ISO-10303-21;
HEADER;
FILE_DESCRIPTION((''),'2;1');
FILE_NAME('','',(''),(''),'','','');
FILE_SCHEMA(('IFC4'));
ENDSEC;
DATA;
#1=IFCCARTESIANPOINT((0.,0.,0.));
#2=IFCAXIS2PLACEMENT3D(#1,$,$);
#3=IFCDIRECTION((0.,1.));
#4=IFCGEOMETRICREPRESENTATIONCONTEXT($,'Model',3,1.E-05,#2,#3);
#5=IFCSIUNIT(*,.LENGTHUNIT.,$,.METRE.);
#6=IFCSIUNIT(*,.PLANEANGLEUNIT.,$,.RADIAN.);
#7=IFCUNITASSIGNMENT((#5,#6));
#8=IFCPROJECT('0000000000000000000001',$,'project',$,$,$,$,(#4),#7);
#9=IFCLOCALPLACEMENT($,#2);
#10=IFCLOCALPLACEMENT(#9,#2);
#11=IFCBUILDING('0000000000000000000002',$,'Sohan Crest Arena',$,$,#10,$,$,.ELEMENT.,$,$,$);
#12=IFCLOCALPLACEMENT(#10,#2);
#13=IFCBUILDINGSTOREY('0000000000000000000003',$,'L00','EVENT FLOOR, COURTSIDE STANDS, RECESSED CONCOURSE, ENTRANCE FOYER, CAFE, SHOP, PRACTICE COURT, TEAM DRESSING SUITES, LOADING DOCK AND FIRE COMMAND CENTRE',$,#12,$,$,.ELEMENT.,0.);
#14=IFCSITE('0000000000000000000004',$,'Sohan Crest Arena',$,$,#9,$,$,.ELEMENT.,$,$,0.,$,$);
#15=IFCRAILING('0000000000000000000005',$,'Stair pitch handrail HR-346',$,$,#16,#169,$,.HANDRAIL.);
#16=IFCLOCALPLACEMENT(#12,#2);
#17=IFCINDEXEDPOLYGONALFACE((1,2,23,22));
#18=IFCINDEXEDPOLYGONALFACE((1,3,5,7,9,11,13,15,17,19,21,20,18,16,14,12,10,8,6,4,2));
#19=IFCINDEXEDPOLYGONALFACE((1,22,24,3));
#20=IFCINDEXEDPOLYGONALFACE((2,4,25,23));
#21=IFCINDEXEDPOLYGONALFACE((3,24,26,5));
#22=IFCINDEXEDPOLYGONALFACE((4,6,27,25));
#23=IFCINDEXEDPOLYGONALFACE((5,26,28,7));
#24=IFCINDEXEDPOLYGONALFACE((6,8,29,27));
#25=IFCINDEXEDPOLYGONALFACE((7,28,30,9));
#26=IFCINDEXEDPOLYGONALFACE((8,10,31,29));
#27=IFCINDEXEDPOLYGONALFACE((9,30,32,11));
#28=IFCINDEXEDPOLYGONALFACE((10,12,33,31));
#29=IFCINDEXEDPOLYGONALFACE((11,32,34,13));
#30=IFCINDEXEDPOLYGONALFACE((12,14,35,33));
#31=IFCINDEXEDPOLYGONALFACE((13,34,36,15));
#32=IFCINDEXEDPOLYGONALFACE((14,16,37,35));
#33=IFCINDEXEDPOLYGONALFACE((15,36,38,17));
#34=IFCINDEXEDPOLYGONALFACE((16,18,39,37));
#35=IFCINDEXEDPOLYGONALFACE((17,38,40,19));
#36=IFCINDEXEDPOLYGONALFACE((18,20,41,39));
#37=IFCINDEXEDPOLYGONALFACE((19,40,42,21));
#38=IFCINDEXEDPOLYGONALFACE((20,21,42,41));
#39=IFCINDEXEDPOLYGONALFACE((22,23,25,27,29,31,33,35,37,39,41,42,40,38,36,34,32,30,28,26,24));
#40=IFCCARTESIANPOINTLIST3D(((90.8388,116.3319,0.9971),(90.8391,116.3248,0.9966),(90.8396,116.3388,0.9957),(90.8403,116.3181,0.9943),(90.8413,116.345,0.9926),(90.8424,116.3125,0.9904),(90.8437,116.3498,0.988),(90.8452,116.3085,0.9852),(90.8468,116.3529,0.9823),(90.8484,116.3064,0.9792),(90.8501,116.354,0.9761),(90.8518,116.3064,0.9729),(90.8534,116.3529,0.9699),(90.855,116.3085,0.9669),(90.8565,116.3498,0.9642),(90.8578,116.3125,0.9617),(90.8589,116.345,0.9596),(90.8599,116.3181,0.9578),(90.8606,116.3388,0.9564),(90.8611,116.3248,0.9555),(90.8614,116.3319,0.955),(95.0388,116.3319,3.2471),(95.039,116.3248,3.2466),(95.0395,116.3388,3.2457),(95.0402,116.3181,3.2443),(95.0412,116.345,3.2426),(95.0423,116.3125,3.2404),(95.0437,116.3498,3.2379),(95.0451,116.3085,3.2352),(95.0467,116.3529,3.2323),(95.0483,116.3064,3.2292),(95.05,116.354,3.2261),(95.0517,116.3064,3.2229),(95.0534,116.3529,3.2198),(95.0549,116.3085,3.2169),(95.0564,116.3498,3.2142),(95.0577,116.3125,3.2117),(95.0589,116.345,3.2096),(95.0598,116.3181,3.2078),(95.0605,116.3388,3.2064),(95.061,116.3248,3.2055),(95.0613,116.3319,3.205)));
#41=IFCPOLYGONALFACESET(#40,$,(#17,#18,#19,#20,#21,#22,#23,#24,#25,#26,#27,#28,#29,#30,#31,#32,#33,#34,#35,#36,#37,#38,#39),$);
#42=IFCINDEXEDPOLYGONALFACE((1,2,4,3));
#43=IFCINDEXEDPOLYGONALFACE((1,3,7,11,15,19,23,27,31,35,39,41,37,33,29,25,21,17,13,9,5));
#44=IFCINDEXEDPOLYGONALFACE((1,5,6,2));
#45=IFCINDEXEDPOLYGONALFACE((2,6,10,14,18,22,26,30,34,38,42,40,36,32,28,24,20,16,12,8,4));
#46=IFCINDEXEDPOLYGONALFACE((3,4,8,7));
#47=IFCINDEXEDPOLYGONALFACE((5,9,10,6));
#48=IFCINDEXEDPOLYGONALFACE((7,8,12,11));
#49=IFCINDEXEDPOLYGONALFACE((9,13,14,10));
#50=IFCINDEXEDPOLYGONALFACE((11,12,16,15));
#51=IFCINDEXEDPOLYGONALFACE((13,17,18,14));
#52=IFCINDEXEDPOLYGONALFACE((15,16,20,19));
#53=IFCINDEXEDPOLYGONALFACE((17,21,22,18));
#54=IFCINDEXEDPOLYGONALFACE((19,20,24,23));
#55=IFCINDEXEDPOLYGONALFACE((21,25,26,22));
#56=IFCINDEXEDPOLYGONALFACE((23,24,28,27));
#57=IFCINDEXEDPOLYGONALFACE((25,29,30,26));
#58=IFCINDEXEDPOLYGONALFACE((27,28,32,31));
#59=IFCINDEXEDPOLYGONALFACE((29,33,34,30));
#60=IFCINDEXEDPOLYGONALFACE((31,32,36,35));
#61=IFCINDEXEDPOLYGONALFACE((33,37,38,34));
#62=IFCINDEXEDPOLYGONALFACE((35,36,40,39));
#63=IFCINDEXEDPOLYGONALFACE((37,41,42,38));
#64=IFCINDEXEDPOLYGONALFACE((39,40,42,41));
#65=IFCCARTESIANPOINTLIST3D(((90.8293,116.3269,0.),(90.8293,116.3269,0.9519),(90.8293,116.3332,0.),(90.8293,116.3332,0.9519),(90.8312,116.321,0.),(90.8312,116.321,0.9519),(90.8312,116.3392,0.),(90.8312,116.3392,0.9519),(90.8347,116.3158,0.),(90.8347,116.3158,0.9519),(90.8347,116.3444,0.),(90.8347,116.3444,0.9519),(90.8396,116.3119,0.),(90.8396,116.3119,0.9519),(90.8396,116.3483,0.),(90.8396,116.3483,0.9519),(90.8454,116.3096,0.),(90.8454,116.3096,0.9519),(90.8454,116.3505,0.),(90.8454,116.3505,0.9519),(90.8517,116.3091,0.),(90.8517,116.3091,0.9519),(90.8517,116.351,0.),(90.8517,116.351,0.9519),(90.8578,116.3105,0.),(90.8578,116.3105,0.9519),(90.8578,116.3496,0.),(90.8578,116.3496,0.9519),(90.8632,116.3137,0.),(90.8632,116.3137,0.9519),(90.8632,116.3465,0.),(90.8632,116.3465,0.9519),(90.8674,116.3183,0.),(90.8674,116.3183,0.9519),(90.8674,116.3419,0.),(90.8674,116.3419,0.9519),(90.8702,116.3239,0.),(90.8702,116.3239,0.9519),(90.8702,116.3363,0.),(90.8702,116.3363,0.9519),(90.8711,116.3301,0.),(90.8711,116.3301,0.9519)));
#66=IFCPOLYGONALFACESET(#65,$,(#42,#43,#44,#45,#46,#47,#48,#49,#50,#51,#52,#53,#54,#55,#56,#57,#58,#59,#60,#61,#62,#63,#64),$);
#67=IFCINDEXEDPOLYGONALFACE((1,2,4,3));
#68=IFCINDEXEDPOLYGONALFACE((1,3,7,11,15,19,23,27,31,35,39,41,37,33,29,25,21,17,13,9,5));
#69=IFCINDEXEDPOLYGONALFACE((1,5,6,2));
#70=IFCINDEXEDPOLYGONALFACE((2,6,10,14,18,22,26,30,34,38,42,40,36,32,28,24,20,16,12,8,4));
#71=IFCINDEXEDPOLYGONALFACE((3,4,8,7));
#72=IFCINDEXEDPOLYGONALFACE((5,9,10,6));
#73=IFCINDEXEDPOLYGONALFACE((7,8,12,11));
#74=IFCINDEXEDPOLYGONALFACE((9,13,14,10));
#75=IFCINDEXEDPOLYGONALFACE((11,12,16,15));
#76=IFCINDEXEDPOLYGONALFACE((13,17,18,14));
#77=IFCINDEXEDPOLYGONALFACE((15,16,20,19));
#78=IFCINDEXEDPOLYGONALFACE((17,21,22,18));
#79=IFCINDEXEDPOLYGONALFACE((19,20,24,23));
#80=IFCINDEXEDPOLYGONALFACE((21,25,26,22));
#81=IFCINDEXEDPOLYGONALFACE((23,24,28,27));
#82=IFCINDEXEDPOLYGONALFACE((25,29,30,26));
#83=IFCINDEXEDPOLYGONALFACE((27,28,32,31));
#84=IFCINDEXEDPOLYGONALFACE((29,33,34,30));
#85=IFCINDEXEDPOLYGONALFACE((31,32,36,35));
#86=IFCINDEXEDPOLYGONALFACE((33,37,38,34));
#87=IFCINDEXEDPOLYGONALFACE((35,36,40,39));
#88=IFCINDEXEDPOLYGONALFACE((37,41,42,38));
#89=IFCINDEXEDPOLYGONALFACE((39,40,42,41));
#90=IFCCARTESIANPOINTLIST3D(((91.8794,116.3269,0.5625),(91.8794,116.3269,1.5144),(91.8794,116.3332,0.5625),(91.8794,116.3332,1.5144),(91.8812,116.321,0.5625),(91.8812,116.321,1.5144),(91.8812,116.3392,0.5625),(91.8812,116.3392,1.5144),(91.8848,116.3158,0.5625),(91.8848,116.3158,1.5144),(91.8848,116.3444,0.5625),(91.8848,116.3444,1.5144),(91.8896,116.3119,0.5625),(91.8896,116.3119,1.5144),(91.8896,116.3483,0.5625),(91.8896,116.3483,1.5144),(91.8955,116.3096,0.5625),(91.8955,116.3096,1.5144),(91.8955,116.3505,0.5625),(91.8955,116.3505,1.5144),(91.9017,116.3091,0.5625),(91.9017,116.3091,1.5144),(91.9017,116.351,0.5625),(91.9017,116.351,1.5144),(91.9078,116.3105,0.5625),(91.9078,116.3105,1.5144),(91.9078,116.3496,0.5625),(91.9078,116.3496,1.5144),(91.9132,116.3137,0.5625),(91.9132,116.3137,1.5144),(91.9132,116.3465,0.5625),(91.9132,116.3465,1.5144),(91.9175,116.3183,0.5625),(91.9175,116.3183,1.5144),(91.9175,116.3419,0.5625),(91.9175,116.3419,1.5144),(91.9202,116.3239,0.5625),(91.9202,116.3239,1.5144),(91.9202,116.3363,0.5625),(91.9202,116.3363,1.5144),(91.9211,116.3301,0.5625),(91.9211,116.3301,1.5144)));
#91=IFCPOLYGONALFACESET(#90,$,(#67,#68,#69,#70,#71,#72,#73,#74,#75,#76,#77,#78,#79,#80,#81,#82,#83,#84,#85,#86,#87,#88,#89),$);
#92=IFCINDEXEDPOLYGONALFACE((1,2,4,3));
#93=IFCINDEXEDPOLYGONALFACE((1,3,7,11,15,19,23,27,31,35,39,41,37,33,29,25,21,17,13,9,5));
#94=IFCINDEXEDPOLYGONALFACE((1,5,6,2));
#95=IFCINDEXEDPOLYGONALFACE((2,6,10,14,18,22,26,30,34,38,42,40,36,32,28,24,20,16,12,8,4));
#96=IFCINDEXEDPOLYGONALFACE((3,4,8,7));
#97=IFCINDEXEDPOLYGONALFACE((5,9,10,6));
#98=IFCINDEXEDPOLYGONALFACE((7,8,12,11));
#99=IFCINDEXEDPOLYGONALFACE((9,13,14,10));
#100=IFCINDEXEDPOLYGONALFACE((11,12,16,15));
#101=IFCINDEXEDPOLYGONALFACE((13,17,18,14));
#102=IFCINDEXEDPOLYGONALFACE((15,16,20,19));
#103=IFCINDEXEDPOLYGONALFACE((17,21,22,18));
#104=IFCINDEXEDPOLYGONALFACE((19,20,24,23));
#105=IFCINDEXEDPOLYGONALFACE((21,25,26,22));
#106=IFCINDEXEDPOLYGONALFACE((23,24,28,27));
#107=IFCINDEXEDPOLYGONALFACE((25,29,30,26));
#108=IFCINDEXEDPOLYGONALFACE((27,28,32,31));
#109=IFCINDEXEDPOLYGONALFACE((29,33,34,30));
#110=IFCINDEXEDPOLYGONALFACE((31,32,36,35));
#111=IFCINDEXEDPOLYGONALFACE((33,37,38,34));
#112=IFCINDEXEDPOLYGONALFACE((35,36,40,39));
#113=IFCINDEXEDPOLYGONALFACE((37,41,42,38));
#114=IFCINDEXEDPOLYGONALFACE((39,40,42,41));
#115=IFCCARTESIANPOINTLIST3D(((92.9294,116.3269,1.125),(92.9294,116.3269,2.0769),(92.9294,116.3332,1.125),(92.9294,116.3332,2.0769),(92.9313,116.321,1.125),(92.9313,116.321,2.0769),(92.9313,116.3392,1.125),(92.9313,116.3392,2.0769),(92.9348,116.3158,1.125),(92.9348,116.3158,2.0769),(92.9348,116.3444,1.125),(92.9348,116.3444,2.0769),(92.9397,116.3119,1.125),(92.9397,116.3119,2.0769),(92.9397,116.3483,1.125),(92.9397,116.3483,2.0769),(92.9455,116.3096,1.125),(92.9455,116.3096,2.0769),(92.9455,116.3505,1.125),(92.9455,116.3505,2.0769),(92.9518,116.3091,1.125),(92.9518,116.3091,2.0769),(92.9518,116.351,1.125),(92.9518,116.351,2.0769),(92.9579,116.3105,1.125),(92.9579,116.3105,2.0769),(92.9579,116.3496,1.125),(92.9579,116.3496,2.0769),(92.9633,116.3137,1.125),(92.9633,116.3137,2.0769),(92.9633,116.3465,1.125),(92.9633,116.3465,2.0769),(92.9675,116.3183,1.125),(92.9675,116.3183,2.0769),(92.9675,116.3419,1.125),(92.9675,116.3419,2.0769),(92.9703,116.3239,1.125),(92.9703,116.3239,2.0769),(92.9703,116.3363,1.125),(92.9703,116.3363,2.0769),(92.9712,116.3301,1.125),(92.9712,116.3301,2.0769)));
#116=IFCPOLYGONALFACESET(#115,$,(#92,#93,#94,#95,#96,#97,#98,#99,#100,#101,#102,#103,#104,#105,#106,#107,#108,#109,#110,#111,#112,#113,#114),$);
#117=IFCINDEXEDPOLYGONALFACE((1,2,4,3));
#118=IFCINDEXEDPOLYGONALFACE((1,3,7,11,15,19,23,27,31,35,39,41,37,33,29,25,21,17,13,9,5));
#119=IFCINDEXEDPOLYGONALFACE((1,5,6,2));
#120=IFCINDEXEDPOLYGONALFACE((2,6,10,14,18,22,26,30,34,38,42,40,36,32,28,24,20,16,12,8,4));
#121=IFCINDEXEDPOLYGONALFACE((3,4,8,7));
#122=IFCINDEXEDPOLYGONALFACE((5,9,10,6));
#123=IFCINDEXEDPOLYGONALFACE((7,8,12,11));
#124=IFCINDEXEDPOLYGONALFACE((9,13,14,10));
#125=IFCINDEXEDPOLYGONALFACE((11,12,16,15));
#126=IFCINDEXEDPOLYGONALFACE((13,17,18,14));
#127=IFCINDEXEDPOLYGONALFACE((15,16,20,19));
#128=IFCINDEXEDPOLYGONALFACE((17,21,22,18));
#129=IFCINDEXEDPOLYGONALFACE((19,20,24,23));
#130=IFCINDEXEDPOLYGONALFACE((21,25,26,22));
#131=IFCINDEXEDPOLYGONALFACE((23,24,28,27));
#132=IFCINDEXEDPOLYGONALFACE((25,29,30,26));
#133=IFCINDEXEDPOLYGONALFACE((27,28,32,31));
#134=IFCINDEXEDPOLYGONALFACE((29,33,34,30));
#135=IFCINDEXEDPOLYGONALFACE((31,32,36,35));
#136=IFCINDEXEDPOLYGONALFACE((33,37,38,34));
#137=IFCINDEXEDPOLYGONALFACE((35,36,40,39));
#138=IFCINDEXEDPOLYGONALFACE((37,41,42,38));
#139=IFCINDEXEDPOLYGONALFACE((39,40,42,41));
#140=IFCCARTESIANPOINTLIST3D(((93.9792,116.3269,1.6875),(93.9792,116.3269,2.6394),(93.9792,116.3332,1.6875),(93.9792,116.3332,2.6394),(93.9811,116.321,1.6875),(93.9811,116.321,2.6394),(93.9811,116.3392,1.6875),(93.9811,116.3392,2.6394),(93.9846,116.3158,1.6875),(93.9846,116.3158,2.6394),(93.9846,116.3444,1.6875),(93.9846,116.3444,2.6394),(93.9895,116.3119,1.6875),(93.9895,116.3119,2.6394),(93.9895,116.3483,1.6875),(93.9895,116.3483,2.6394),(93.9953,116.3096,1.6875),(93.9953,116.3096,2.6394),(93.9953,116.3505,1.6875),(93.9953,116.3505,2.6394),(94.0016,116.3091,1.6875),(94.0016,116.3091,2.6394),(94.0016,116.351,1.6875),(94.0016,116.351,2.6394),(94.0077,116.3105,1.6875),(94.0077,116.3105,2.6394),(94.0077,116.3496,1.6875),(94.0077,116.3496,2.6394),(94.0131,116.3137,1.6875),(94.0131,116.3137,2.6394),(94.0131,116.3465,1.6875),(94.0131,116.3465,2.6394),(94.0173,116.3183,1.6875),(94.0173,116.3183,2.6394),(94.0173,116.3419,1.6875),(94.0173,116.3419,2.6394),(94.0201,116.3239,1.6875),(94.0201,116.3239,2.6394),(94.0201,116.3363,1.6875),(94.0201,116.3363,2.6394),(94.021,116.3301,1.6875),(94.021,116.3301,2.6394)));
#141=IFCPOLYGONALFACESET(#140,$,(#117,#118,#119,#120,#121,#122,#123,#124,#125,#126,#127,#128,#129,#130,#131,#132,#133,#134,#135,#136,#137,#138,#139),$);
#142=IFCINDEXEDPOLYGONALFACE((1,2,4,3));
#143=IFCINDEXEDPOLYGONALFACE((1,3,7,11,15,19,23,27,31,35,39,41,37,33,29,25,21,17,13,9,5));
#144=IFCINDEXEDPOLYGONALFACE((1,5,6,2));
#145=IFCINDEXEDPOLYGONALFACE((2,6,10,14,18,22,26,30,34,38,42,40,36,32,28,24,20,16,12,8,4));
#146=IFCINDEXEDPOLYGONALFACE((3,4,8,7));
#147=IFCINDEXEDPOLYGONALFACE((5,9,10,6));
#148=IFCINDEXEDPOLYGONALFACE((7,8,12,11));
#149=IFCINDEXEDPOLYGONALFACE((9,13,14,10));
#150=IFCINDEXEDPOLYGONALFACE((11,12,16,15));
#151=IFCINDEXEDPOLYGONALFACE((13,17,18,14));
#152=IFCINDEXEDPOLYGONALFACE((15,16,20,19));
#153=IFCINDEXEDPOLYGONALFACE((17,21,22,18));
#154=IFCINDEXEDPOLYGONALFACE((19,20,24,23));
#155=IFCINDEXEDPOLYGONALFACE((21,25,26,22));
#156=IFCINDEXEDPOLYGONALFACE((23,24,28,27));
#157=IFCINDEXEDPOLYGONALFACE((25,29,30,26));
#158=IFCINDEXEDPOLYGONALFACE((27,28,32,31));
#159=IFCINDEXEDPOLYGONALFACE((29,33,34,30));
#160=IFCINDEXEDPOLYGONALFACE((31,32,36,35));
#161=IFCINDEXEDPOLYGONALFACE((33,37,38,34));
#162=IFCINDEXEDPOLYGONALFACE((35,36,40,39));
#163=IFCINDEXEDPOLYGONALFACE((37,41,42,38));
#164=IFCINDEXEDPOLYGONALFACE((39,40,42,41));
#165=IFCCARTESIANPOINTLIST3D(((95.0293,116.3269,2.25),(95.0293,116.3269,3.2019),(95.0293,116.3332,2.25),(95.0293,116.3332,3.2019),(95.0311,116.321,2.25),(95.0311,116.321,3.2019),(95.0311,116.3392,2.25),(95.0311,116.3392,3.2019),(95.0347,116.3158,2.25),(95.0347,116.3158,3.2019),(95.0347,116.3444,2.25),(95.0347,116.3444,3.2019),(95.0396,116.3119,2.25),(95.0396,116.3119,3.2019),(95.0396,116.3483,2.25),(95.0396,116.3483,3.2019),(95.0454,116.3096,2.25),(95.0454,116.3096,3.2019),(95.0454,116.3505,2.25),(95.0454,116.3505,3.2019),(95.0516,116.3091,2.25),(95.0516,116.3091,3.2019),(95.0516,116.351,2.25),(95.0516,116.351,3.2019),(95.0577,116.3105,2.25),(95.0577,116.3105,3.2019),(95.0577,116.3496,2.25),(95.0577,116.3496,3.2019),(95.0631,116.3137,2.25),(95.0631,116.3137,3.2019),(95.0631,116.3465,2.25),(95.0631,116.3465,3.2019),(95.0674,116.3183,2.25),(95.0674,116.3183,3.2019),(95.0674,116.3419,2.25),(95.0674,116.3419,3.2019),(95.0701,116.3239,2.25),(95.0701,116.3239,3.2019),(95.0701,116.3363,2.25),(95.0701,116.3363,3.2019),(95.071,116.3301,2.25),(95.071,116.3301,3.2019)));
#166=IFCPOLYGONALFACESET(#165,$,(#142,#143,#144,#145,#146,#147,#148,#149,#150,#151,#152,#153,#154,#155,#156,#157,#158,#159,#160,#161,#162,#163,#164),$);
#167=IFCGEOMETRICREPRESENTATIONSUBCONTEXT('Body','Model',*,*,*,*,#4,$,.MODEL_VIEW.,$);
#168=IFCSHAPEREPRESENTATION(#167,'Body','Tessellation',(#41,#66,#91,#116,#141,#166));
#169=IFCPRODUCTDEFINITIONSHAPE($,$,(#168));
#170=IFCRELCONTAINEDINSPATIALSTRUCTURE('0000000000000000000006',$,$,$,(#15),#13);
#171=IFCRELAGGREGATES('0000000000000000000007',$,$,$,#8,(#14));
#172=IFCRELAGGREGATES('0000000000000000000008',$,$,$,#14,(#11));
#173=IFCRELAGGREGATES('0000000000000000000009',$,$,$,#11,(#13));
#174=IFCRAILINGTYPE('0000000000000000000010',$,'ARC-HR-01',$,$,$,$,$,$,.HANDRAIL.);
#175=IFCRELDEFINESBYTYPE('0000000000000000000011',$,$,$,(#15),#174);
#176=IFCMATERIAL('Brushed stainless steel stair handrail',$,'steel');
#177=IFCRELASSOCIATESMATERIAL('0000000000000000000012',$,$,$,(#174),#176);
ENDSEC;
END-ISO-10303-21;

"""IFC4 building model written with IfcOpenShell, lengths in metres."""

from ifc_helpers import new_model, si_unit, direction, frame, origin, origin_2d, place, context, subcontext, project, spatial, circle, extrude, material, type_object, element, save


model = new_model("IFC4")

# Units and contexts
model_context = context("Model", 3, precision=1e-05, world=origin(), true_north=direction((0.0, 1.0)))
body_context = subcontext(model_context, "Body", "Model", "MODEL_VIEW")
ifc_project = project(units=[si_unit("LENGTHUNIT", "METRE"), si_unit("PLANEANGLEUNIT", "RADIAN")], contexts=[model_context])

# Site, building, storey
site_placement = place(None, origin())
site = spatial("IfcSite", under=ifc_project, at=site_placement, Name="Sohan Crest Arena", CompositionType="ELEMENT", RefElevation=0.0)
building_placement = place(site_placement, origin())
building = spatial("IfcBuilding", under=site, at=building_placement, Name="Sohan Crest Arena", CompositionType="ELEMENT")
storey_placement = place(building_placement, origin())
storey = spatial("IfcBuildingStorey", under=building, at=storey_placement, Name="L00", Description="EVENT FLOOR, COURTSIDE STANDS, RECESSED CONCOURSE, ENTRANCE FOYER, CAFE, SHOP, PRACTICE COURT, TEAM DRESSING SUITES, LOADING DOCK AND FIRE COMMAND CENTRE", CompositionType="ELEMENT", Elevation=0.0)

# Railing
ifc_material_1 = material(Name="Brushed stainless steel stair handrail", Category="steel")
railing_type = type_object("IfcRailingType", Name="ARC-HR-01", PredefinedType="HANDRAIL", material=ifc_material_1)
for number, where, name in (
    (1, (90.8501, 116.3301, 0.0), "Stair pitch handrail HR-346"),
):
    element("IfcRailing", number, at=place(storey_placement, frame(where)), inside=storey, type_object=railing_type, Name=name, PredefinedType="HANDRAIL", context=body_context, shape_type="SweptSolid", body=[
        extrude(circle(Radius=0.0239, at=origin_2d()), frame((0.0, 0.0, 0.9761), z_axis=(0.881478, 0.0, 0.472226), x_axis=(0.0, 1.0, 0.0)), (0.0, 0.0, 1.0), 4.7646),
        extrude(circle(Radius=0.021, at=origin_2d()), origin(), (0.0, 0.0, 1.0), 0.9519),
        extrude(circle(Radius=0.021, at=origin_2d()), frame((1.05, 0.0, 0.5625)), (0.0, 0.0, 1.0), 0.9519),
        extrude(circle(Radius=0.021, at=origin_2d()), frame((2.1001, 0.0, 1.125)), (0.0, 0.0, 1.0), 0.9519),
        extrude(circle(Radius=0.021, at=origin_2d()), frame((3.1499, 0.0, 1.6875)), (0.0, 0.0, 1.0), 0.9519),
        extrude(circle(Radius=0.021, at=origin_2d()), frame((4.2, 0.0, 2.25)), (0.0, 0.0, 1.0), 0.9519),
    ])

save(model, "model.ifc")
